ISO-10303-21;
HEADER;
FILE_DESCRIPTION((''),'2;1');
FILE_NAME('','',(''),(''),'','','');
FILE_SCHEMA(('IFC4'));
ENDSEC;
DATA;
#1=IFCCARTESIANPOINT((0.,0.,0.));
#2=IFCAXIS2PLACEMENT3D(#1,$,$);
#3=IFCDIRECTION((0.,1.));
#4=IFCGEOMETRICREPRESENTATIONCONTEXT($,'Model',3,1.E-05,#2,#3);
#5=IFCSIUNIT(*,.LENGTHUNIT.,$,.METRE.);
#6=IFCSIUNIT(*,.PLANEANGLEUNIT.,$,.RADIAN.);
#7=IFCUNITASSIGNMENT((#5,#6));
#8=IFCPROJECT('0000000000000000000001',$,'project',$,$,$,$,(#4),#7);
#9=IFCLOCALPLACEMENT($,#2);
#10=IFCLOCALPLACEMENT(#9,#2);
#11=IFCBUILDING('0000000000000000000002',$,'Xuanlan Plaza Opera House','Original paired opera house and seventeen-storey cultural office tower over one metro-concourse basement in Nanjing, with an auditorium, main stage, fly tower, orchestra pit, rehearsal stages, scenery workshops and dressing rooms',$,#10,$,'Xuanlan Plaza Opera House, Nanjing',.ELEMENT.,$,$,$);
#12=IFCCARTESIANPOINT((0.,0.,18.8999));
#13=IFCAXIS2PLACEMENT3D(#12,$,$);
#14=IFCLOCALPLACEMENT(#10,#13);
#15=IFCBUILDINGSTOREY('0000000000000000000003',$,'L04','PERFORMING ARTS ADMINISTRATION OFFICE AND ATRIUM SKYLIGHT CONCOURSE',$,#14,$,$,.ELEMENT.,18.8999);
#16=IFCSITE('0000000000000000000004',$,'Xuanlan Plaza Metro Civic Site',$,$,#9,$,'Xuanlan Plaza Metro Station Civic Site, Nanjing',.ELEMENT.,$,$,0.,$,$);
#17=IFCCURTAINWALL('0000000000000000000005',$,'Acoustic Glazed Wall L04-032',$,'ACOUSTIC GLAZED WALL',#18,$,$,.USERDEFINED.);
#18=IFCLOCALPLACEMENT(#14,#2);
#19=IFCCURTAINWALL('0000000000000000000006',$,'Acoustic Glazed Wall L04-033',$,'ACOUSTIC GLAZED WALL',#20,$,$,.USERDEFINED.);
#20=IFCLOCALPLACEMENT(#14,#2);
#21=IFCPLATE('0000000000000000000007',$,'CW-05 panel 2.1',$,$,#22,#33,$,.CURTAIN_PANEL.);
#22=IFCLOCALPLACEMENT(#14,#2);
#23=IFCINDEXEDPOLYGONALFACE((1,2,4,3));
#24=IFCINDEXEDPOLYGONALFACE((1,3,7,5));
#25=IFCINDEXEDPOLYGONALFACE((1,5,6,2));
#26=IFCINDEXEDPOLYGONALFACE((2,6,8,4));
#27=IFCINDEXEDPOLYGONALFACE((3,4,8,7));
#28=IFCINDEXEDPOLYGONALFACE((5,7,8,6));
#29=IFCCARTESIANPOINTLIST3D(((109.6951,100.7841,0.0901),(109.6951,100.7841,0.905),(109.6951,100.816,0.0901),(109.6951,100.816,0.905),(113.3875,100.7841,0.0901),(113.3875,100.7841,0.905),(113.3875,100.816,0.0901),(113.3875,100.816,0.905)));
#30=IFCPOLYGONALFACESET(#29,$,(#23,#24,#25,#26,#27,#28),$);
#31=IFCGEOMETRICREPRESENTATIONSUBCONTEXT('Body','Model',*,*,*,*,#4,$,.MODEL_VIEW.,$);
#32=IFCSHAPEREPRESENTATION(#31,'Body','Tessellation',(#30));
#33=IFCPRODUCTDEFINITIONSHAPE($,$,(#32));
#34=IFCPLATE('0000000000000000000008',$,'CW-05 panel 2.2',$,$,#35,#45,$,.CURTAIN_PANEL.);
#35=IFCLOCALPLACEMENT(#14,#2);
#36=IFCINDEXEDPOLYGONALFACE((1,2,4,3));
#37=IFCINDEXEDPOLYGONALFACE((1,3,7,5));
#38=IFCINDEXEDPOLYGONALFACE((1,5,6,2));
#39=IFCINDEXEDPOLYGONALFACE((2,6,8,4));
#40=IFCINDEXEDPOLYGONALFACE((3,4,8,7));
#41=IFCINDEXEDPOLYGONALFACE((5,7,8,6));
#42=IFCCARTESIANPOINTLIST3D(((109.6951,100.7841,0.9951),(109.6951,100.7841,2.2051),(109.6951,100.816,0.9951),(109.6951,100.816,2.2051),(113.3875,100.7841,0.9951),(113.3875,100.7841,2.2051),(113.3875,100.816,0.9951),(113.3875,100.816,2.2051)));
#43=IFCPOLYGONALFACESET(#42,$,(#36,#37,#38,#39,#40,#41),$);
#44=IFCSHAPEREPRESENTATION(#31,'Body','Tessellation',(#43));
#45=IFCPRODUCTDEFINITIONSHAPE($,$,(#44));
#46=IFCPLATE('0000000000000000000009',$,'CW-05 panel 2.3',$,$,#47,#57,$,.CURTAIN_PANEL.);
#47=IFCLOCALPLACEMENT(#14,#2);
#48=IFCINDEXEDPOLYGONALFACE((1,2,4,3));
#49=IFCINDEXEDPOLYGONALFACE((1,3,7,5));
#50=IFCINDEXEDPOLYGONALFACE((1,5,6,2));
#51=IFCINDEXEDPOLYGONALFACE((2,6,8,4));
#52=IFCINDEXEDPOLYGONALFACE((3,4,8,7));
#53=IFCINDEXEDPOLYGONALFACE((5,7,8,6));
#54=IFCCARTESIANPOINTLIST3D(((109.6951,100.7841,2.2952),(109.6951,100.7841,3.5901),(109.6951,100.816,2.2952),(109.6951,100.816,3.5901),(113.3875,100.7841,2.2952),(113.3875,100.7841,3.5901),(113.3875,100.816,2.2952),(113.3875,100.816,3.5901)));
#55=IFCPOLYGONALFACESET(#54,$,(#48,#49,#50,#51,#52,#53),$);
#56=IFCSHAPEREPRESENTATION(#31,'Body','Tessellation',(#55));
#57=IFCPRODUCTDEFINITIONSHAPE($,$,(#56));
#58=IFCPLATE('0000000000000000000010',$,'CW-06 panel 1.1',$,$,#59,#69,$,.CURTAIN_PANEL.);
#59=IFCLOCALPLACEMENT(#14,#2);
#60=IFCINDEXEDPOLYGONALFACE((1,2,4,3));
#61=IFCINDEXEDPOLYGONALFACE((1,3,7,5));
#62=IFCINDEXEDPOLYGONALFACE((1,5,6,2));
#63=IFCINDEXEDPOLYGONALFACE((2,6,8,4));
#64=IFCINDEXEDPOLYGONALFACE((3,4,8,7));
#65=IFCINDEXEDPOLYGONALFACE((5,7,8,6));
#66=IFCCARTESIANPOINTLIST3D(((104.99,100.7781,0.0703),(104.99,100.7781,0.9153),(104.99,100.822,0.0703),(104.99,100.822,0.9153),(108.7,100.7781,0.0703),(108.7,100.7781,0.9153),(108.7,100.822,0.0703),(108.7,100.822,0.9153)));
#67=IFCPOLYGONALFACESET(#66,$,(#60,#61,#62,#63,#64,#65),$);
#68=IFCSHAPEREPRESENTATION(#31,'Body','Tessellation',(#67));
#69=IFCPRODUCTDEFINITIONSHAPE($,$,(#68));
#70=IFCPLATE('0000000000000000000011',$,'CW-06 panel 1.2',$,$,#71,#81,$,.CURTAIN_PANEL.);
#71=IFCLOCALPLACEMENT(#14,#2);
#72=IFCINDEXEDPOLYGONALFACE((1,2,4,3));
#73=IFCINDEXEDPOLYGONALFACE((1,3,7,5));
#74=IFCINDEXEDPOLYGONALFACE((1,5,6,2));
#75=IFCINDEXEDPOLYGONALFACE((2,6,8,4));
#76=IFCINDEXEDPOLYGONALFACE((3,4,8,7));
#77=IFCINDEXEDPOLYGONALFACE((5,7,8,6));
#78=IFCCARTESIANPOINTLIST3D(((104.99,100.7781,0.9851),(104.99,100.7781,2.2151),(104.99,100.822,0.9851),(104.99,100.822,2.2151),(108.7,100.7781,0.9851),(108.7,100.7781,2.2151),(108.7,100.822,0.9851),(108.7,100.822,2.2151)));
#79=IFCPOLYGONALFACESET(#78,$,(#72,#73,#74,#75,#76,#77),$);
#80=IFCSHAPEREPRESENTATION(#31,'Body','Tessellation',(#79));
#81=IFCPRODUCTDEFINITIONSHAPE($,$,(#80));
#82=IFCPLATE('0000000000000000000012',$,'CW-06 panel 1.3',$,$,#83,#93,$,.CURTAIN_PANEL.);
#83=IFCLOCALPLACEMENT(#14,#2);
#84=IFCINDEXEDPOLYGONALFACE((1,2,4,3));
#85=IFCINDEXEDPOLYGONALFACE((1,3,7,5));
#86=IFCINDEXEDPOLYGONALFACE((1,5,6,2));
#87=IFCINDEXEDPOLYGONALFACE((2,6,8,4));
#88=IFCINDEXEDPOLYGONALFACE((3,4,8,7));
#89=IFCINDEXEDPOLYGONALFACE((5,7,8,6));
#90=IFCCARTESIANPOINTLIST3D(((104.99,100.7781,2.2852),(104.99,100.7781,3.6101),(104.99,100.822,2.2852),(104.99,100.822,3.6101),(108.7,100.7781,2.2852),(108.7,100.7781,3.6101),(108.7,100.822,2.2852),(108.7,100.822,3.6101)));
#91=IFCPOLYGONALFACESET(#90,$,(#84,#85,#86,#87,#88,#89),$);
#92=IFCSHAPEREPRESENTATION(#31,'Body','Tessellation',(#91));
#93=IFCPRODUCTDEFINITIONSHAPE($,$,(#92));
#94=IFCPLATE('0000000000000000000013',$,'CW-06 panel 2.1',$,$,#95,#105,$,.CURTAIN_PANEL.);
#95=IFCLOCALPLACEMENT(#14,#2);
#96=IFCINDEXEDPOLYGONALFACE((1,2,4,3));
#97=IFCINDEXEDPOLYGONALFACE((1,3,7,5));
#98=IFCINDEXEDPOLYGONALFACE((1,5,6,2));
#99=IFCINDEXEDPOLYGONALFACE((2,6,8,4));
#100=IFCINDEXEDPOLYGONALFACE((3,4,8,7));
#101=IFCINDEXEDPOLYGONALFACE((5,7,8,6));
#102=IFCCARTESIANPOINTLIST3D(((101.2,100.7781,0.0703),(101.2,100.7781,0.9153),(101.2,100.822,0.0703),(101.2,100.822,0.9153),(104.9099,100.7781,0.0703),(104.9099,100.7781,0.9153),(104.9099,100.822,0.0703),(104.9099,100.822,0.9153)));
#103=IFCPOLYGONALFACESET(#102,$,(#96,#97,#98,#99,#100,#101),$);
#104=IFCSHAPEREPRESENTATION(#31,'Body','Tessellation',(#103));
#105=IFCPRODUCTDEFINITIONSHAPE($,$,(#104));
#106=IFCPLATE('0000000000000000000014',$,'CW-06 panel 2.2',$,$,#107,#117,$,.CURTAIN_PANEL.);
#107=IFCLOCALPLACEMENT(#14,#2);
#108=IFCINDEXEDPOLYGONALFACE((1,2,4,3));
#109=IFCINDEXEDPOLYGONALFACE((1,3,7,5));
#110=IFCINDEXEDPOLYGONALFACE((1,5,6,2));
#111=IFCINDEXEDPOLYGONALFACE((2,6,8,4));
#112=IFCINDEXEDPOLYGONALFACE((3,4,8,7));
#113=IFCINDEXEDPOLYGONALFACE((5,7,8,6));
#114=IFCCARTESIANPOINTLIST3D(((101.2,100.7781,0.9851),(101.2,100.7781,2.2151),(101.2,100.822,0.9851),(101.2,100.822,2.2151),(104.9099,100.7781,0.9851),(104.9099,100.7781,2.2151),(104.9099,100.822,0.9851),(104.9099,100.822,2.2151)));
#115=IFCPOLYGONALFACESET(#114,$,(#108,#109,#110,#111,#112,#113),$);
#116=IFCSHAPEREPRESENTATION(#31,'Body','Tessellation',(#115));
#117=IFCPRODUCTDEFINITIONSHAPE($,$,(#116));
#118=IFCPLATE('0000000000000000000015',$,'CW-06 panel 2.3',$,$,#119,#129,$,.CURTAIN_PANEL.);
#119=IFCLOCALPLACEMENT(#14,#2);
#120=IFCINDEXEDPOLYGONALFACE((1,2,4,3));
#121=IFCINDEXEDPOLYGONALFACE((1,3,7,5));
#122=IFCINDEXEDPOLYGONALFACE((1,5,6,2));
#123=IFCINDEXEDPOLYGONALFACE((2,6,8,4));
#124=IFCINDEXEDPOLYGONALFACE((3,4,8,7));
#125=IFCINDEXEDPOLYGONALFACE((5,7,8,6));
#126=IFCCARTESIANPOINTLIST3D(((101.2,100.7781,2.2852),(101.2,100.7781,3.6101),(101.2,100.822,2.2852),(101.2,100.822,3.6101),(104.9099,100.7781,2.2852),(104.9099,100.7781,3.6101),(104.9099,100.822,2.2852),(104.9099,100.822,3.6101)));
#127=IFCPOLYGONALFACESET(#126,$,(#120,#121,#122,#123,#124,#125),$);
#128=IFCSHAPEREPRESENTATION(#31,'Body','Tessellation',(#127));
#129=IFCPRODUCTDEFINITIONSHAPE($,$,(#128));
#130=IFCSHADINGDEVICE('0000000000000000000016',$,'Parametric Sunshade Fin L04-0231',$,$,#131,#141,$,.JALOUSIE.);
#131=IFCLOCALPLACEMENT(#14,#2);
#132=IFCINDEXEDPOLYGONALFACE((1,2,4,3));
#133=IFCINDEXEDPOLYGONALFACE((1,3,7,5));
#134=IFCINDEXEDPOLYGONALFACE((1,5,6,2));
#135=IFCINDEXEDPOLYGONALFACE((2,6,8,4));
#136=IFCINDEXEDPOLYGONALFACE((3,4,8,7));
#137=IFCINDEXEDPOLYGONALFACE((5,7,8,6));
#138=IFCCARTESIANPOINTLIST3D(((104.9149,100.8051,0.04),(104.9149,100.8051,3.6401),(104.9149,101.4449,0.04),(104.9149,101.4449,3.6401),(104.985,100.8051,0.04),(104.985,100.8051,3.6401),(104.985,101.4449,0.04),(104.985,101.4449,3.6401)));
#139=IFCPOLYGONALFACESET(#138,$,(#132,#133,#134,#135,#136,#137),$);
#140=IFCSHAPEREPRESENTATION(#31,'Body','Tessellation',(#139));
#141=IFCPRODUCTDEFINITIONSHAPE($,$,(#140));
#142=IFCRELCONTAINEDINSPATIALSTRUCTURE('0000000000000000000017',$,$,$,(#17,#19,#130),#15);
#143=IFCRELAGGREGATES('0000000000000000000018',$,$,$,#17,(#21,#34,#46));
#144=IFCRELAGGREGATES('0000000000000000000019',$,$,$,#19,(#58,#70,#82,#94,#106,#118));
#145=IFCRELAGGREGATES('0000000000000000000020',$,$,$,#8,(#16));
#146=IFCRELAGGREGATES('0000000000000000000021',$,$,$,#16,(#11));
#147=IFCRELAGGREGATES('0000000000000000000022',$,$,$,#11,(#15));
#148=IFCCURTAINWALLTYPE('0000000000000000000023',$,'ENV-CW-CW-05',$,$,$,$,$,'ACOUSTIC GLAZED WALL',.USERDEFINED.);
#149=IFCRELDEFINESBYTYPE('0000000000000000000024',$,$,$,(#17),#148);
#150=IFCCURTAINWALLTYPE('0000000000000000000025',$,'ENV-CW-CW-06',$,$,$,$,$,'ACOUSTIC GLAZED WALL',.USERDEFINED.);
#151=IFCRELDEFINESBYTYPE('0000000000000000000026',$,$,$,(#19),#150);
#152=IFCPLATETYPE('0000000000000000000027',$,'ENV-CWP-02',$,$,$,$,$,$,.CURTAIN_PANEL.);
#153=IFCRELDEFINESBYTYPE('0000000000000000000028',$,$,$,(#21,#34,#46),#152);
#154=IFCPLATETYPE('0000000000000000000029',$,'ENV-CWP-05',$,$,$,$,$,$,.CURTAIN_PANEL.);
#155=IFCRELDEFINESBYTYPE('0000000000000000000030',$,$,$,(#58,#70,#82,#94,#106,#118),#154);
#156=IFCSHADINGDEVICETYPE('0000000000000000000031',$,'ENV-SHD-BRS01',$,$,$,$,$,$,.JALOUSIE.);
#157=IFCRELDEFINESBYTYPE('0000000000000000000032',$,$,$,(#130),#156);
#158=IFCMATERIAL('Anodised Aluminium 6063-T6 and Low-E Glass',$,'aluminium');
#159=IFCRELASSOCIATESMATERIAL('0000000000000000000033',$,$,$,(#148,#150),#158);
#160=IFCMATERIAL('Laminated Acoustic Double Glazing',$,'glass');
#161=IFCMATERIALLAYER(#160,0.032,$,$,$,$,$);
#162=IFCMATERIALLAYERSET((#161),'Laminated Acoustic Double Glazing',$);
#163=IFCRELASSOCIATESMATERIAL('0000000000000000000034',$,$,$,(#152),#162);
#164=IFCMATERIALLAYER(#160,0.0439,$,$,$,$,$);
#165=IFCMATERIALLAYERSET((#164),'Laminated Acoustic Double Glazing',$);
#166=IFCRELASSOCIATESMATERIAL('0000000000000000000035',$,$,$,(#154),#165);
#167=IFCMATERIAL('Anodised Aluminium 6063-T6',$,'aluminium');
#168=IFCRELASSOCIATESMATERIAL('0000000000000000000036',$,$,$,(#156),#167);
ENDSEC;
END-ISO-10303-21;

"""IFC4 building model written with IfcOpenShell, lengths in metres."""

from ifc_helpers import new_model, si_unit, direction, frame, origin, origin_2d, place, context, subcontext, project, spatial, rectangle, extrude, material, layer, layer_set, type_object, element, aggregate, save


model = new_model("IFC4")

# Units and contexts
model_context = context("Model", 3, precision=1e-05, world=origin(), true_north=direction((0.0, 1.0)))
body_context = subcontext(model_context, "Body", "Model", "MODEL_VIEW")
ifc_project = project(units=[si_unit("LENGTHUNIT", "METRE"), si_unit("PLANEANGLEUNIT", "RADIAN")], contexts=[model_context])

# Site, building, storey
site_placement = place(None, origin())
site = spatial("IfcSite", under=ifc_project, at=site_placement, Name="Xuanlan Plaza Metro Civic Site", LongName="Xuanlan Plaza Metro Station Civic Site, Nanjing", CompositionType="ELEMENT", RefElevation=0.0)
building_placement = place(site_placement, origin())
building = spatial("IfcBuilding", under=site, at=building_placement, Name="Xuanlan Plaza Opera House", Description="Original paired opera house and seventeen-storey cultural office tower over one metro-concourse basement in Nanjing, with an auditorium, main stage, fly tower, orchestra pit, rehearsal stages, scenery workshops and dressing rooms", LongName="Xuanlan Plaza Opera House, Nanjing", CompositionType="ELEMENT")
storey_placement = place(building_placement, frame((0.0, 0.0, 18.8999)))
storey = spatial("IfcBuildingStorey", under=building, at=storey_placement, Name="L04", Description="PERFORMING ARTS ADMINISTRATION OFFICE AND ATRIUM SKYLIGHT CONCOURSE", CompositionType="ELEMENT", Elevation=18.8999)

# Curtain wall
ifc_material_1 = material(Name="Anodised Aluminium 6063-T6 and Low-E Glass", Category="aluminium")
curtain_wall_type_1 = type_object("IfcCurtainWallType", Name="ENV-CW-CW-05", ElementType="ACOUSTIC GLAZED WALL", PredefinedType="USERDEFINED", material=ifc_material_1)
curtain_wall_1_placement = place(storey_placement, origin())
curtain_wall_1 = element("IfcCurtainWall", 1, at=curtain_wall_1_placement, inside=storey, type_object=curtain_wall_type_1, Name="Acoustic Glazed Wall L04-032", ObjectType="ACOUSTIC GLAZED WALL", PredefinedType="USERDEFINED")
ifc_material_2 = material(Name="Anodised Aluminium 6063-T6", Category="aluminium")

# Curtain wall
curtain_wall_type_2 = type_object("IfcCurtainWallType", Name="ENV-CW-CW-06", ElementType="ACOUSTIC GLAZED WALL", PredefinedType="USERDEFINED", material=ifc_material_1)
curtain_wall_2_placement = place(storey_placement, origin())
curtain_wall_2 = element("IfcCurtainWall", 2, at=curtain_wall_2_placement, inside=storey, type_object=curtain_wall_type_2, Name="Acoustic Glazed Wall L04-033", ObjectType="ACOUSTIC GLAZED WALL", PredefinedType="USERDEFINED")

# Plates
ifc_material_3 = material(Name="Laminated Acoustic Double Glazing", Category="glass")
ifc_layer_1 = layer(ifc_material_3, 0.032)
ifc_layer_set_1 = layer_set([ifc_layer_1], Name="Laminated Acoustic Double Glazing")
plate_type_1 = type_object("IfcPlateType", Name="ENV-CWP-02", PredefinedType="CURTAIN_PANEL", material=ifc_layer_set_1)
plate_1_placement = place(storey_placement, frame((111.5413, 100.8, 0.0901), z_axis=(0.0, 0.0, 1.0), x_axis=(-1.0, 0.0, 0.0)))
plate_1 = element("IfcPlate", 3, at=plate_1_placement, type_object=plate_type_1, Name="CW-05 panel 2.1", PredefinedType="CURTAIN_PANEL", context=body_context, shape_type="SweptSolid", body=[
    extrude(rectangle(XDim=3.6924, YDim=0.032, at=origin_2d()), origin(), (0.0, 0.0, 1.0), 0.8149),
])
plate_2_placement = place(storey_placement, frame((111.5413, 100.8, 0.9951), z_axis=(0.0, 0.0, 1.0), x_axis=(-1.0, 0.0, 0.0)))
plate_2 = element("IfcPlate", 4, at=plate_2_placement, type_object=plate_type_1, Name="CW-05 panel 2.2", PredefinedType="CURTAIN_PANEL", context=body_context, shape_type="SweptSolid", body=[
    extrude(rectangle(XDim=3.6924, YDim=0.032, at=origin_2d()), origin(), (0.0, 0.0, 1.0), 1.21),
])
plate_3_placement = place(storey_placement, frame((111.5413, 100.8, 2.2952), z_axis=(0.0, 0.0, 1.0), x_axis=(-1.0, 0.0, 0.0)))
plate_3 = element("IfcPlate", 5, at=plate_3_placement, type_object=plate_type_1, Name="CW-05 panel 2.3", PredefinedType="CURTAIN_PANEL", context=body_context, shape_type="SweptSolid", body=[
    extrude(rectangle(XDim=3.6924, YDim=0.032, at=origin_2d()), origin(), (0.0, 0.0, 1.0), 1.2949),
])
aggregate(curtain_wall_1, [plate_1, plate_2, plate_3])
ifc_layer_2 = layer(ifc_material_3, 0.0439)
ifc_layer_set_2 = layer_set([ifc_layer_2], Name="Laminated Acoustic Double Glazing")
plate_type_2 = type_object("IfcPlateType", Name="ENV-CWP-05", PredefinedType="CURTAIN_PANEL", material=ifc_layer_set_2)
plate_4_placement = place(storey_placement, frame((106.845, 100.8, 0.0703), z_axis=(0.0, 0.0, 1.0), x_axis=(-1.0, 0.0, 0.0)))
plate_4 = element("IfcPlate", 6, at=plate_4_placement, type_object=plate_type_2, Name="CW-06 panel 1.1", PredefinedType="CURTAIN_PANEL", context=body_context, shape_type="SweptSolid", body=[
    extrude(rectangle(XDim=3.71, YDim=0.0439, at=origin_2d()), origin(), (0.0, 0.0, 1.0), 0.845),
])
plate_5_placement = place(storey_placement, frame((106.845, 100.8, 0.9851), z_axis=(0.0, 0.0, 1.0), x_axis=(-1.0, 0.0, 0.0)))
plate_5 = element("IfcPlate", 7, at=plate_5_placement, type_object=plate_type_2, Name="CW-06 panel 1.2", PredefinedType="CURTAIN_PANEL", context=body_context, shape_type="SweptSolid", body=[
    extrude(rectangle(XDim=3.71, YDim=0.0439, at=origin_2d()), origin(), (0.0, 0.0, 1.0), 1.23),
])
plate_6_placement = place(storey_placement, frame((106.845, 100.8, 2.2852), z_axis=(0.0, 0.0, 1.0), x_axis=(-1.0, 0.0, 0.0)))
plate_6 = element("IfcPlate", 8, at=plate_6_placement, type_object=plate_type_2, Name="CW-06 panel 1.3", PredefinedType="CURTAIN_PANEL", context=body_context, shape_type="SweptSolid", body=[
    extrude(rectangle(XDim=3.71, YDim=0.0439, at=origin_2d()), origin(), (0.0, 0.0, 1.0), 1.325),
])
plate_7_placement = place(storey_placement, frame((103.0549, 100.8, 0.0703), z_axis=(0.0, 0.0, 1.0), x_axis=(-1.0, 0.0, 0.0)))
plate_7 = element("IfcPlate", 9, at=plate_7_placement, type_object=plate_type_2, Name="CW-06 panel 2.1", PredefinedType="CURTAIN_PANEL", context=body_context, shape_type="SweptSolid", body=[
    extrude(rectangle(XDim=3.71, YDim=0.0439, at=origin_2d()), origin(), (0.0, 0.0, 1.0), 0.845),
])
plate_8_placement = place(storey_placement, frame((103.0549, 100.8, 0.9851), z_axis=(0.0, 0.0, 1.0), x_axis=(-1.0, 0.0, 0.0)))
plate_8 = element("IfcPlate", 10, at=plate_8_placement, type_object=plate_type_2, Name="CW-06 panel 2.2", PredefinedType="CURTAIN_PANEL", context=body_context, shape_type="SweptSolid", body=[
    extrude(rectangle(XDim=3.71, YDim=0.0439, at=origin_2d()), origin(), (0.0, 0.0, 1.0), 1.23),
])
plate_9_placement = place(storey_placement, frame((103.0549, 100.8, 2.2852), z_axis=(0.0, 0.0, 1.0), x_axis=(-1.0, 0.0, 0.0)))
plate_9 = element("IfcPlate", 11, at=plate_9_placement, type_object=plate_type_2, Name="CW-06 panel 2.3", PredefinedType="CURTAIN_PANEL", context=body_context, shape_type="SweptSolid", body=[
    extrude(rectangle(XDim=3.71, YDim=0.0439, at=origin_2d()), origin(), (0.0, 0.0, 1.0), 1.325),
])
aggregate(curtain_wall_2, [plate_4, plate_5, plate_6, plate_7, plate_8, plate_9])

# Shading device
shading_device_type = type_object("IfcShadingDeviceType", Name="ENV-SHD-BRS01", PredefinedType="JALOUSIE", material=ifc_material_2)
shading_device_placement = place(storey_placement, frame((104.95, 101.125, 0.04), z_axis=(0.0, 0.0, 1.0), x_axis=(0.0, 1.0, 0.0)))
element("IfcShadingDevice", 12, at=shading_device_placement, inside=storey, type_object=shading_device_type, Name="Parametric Sunshade Fin L04-0231", PredefinedType="JALOUSIE", context=body_context, shape_type="SweptSolid", body=[
    extrude(rectangle(XDim=0.6399, YDim=0.0701, at=origin_2d()), origin(), (0.0, 0.0, 1.0), 3.6001),
])

save(model, "model.ifc")
